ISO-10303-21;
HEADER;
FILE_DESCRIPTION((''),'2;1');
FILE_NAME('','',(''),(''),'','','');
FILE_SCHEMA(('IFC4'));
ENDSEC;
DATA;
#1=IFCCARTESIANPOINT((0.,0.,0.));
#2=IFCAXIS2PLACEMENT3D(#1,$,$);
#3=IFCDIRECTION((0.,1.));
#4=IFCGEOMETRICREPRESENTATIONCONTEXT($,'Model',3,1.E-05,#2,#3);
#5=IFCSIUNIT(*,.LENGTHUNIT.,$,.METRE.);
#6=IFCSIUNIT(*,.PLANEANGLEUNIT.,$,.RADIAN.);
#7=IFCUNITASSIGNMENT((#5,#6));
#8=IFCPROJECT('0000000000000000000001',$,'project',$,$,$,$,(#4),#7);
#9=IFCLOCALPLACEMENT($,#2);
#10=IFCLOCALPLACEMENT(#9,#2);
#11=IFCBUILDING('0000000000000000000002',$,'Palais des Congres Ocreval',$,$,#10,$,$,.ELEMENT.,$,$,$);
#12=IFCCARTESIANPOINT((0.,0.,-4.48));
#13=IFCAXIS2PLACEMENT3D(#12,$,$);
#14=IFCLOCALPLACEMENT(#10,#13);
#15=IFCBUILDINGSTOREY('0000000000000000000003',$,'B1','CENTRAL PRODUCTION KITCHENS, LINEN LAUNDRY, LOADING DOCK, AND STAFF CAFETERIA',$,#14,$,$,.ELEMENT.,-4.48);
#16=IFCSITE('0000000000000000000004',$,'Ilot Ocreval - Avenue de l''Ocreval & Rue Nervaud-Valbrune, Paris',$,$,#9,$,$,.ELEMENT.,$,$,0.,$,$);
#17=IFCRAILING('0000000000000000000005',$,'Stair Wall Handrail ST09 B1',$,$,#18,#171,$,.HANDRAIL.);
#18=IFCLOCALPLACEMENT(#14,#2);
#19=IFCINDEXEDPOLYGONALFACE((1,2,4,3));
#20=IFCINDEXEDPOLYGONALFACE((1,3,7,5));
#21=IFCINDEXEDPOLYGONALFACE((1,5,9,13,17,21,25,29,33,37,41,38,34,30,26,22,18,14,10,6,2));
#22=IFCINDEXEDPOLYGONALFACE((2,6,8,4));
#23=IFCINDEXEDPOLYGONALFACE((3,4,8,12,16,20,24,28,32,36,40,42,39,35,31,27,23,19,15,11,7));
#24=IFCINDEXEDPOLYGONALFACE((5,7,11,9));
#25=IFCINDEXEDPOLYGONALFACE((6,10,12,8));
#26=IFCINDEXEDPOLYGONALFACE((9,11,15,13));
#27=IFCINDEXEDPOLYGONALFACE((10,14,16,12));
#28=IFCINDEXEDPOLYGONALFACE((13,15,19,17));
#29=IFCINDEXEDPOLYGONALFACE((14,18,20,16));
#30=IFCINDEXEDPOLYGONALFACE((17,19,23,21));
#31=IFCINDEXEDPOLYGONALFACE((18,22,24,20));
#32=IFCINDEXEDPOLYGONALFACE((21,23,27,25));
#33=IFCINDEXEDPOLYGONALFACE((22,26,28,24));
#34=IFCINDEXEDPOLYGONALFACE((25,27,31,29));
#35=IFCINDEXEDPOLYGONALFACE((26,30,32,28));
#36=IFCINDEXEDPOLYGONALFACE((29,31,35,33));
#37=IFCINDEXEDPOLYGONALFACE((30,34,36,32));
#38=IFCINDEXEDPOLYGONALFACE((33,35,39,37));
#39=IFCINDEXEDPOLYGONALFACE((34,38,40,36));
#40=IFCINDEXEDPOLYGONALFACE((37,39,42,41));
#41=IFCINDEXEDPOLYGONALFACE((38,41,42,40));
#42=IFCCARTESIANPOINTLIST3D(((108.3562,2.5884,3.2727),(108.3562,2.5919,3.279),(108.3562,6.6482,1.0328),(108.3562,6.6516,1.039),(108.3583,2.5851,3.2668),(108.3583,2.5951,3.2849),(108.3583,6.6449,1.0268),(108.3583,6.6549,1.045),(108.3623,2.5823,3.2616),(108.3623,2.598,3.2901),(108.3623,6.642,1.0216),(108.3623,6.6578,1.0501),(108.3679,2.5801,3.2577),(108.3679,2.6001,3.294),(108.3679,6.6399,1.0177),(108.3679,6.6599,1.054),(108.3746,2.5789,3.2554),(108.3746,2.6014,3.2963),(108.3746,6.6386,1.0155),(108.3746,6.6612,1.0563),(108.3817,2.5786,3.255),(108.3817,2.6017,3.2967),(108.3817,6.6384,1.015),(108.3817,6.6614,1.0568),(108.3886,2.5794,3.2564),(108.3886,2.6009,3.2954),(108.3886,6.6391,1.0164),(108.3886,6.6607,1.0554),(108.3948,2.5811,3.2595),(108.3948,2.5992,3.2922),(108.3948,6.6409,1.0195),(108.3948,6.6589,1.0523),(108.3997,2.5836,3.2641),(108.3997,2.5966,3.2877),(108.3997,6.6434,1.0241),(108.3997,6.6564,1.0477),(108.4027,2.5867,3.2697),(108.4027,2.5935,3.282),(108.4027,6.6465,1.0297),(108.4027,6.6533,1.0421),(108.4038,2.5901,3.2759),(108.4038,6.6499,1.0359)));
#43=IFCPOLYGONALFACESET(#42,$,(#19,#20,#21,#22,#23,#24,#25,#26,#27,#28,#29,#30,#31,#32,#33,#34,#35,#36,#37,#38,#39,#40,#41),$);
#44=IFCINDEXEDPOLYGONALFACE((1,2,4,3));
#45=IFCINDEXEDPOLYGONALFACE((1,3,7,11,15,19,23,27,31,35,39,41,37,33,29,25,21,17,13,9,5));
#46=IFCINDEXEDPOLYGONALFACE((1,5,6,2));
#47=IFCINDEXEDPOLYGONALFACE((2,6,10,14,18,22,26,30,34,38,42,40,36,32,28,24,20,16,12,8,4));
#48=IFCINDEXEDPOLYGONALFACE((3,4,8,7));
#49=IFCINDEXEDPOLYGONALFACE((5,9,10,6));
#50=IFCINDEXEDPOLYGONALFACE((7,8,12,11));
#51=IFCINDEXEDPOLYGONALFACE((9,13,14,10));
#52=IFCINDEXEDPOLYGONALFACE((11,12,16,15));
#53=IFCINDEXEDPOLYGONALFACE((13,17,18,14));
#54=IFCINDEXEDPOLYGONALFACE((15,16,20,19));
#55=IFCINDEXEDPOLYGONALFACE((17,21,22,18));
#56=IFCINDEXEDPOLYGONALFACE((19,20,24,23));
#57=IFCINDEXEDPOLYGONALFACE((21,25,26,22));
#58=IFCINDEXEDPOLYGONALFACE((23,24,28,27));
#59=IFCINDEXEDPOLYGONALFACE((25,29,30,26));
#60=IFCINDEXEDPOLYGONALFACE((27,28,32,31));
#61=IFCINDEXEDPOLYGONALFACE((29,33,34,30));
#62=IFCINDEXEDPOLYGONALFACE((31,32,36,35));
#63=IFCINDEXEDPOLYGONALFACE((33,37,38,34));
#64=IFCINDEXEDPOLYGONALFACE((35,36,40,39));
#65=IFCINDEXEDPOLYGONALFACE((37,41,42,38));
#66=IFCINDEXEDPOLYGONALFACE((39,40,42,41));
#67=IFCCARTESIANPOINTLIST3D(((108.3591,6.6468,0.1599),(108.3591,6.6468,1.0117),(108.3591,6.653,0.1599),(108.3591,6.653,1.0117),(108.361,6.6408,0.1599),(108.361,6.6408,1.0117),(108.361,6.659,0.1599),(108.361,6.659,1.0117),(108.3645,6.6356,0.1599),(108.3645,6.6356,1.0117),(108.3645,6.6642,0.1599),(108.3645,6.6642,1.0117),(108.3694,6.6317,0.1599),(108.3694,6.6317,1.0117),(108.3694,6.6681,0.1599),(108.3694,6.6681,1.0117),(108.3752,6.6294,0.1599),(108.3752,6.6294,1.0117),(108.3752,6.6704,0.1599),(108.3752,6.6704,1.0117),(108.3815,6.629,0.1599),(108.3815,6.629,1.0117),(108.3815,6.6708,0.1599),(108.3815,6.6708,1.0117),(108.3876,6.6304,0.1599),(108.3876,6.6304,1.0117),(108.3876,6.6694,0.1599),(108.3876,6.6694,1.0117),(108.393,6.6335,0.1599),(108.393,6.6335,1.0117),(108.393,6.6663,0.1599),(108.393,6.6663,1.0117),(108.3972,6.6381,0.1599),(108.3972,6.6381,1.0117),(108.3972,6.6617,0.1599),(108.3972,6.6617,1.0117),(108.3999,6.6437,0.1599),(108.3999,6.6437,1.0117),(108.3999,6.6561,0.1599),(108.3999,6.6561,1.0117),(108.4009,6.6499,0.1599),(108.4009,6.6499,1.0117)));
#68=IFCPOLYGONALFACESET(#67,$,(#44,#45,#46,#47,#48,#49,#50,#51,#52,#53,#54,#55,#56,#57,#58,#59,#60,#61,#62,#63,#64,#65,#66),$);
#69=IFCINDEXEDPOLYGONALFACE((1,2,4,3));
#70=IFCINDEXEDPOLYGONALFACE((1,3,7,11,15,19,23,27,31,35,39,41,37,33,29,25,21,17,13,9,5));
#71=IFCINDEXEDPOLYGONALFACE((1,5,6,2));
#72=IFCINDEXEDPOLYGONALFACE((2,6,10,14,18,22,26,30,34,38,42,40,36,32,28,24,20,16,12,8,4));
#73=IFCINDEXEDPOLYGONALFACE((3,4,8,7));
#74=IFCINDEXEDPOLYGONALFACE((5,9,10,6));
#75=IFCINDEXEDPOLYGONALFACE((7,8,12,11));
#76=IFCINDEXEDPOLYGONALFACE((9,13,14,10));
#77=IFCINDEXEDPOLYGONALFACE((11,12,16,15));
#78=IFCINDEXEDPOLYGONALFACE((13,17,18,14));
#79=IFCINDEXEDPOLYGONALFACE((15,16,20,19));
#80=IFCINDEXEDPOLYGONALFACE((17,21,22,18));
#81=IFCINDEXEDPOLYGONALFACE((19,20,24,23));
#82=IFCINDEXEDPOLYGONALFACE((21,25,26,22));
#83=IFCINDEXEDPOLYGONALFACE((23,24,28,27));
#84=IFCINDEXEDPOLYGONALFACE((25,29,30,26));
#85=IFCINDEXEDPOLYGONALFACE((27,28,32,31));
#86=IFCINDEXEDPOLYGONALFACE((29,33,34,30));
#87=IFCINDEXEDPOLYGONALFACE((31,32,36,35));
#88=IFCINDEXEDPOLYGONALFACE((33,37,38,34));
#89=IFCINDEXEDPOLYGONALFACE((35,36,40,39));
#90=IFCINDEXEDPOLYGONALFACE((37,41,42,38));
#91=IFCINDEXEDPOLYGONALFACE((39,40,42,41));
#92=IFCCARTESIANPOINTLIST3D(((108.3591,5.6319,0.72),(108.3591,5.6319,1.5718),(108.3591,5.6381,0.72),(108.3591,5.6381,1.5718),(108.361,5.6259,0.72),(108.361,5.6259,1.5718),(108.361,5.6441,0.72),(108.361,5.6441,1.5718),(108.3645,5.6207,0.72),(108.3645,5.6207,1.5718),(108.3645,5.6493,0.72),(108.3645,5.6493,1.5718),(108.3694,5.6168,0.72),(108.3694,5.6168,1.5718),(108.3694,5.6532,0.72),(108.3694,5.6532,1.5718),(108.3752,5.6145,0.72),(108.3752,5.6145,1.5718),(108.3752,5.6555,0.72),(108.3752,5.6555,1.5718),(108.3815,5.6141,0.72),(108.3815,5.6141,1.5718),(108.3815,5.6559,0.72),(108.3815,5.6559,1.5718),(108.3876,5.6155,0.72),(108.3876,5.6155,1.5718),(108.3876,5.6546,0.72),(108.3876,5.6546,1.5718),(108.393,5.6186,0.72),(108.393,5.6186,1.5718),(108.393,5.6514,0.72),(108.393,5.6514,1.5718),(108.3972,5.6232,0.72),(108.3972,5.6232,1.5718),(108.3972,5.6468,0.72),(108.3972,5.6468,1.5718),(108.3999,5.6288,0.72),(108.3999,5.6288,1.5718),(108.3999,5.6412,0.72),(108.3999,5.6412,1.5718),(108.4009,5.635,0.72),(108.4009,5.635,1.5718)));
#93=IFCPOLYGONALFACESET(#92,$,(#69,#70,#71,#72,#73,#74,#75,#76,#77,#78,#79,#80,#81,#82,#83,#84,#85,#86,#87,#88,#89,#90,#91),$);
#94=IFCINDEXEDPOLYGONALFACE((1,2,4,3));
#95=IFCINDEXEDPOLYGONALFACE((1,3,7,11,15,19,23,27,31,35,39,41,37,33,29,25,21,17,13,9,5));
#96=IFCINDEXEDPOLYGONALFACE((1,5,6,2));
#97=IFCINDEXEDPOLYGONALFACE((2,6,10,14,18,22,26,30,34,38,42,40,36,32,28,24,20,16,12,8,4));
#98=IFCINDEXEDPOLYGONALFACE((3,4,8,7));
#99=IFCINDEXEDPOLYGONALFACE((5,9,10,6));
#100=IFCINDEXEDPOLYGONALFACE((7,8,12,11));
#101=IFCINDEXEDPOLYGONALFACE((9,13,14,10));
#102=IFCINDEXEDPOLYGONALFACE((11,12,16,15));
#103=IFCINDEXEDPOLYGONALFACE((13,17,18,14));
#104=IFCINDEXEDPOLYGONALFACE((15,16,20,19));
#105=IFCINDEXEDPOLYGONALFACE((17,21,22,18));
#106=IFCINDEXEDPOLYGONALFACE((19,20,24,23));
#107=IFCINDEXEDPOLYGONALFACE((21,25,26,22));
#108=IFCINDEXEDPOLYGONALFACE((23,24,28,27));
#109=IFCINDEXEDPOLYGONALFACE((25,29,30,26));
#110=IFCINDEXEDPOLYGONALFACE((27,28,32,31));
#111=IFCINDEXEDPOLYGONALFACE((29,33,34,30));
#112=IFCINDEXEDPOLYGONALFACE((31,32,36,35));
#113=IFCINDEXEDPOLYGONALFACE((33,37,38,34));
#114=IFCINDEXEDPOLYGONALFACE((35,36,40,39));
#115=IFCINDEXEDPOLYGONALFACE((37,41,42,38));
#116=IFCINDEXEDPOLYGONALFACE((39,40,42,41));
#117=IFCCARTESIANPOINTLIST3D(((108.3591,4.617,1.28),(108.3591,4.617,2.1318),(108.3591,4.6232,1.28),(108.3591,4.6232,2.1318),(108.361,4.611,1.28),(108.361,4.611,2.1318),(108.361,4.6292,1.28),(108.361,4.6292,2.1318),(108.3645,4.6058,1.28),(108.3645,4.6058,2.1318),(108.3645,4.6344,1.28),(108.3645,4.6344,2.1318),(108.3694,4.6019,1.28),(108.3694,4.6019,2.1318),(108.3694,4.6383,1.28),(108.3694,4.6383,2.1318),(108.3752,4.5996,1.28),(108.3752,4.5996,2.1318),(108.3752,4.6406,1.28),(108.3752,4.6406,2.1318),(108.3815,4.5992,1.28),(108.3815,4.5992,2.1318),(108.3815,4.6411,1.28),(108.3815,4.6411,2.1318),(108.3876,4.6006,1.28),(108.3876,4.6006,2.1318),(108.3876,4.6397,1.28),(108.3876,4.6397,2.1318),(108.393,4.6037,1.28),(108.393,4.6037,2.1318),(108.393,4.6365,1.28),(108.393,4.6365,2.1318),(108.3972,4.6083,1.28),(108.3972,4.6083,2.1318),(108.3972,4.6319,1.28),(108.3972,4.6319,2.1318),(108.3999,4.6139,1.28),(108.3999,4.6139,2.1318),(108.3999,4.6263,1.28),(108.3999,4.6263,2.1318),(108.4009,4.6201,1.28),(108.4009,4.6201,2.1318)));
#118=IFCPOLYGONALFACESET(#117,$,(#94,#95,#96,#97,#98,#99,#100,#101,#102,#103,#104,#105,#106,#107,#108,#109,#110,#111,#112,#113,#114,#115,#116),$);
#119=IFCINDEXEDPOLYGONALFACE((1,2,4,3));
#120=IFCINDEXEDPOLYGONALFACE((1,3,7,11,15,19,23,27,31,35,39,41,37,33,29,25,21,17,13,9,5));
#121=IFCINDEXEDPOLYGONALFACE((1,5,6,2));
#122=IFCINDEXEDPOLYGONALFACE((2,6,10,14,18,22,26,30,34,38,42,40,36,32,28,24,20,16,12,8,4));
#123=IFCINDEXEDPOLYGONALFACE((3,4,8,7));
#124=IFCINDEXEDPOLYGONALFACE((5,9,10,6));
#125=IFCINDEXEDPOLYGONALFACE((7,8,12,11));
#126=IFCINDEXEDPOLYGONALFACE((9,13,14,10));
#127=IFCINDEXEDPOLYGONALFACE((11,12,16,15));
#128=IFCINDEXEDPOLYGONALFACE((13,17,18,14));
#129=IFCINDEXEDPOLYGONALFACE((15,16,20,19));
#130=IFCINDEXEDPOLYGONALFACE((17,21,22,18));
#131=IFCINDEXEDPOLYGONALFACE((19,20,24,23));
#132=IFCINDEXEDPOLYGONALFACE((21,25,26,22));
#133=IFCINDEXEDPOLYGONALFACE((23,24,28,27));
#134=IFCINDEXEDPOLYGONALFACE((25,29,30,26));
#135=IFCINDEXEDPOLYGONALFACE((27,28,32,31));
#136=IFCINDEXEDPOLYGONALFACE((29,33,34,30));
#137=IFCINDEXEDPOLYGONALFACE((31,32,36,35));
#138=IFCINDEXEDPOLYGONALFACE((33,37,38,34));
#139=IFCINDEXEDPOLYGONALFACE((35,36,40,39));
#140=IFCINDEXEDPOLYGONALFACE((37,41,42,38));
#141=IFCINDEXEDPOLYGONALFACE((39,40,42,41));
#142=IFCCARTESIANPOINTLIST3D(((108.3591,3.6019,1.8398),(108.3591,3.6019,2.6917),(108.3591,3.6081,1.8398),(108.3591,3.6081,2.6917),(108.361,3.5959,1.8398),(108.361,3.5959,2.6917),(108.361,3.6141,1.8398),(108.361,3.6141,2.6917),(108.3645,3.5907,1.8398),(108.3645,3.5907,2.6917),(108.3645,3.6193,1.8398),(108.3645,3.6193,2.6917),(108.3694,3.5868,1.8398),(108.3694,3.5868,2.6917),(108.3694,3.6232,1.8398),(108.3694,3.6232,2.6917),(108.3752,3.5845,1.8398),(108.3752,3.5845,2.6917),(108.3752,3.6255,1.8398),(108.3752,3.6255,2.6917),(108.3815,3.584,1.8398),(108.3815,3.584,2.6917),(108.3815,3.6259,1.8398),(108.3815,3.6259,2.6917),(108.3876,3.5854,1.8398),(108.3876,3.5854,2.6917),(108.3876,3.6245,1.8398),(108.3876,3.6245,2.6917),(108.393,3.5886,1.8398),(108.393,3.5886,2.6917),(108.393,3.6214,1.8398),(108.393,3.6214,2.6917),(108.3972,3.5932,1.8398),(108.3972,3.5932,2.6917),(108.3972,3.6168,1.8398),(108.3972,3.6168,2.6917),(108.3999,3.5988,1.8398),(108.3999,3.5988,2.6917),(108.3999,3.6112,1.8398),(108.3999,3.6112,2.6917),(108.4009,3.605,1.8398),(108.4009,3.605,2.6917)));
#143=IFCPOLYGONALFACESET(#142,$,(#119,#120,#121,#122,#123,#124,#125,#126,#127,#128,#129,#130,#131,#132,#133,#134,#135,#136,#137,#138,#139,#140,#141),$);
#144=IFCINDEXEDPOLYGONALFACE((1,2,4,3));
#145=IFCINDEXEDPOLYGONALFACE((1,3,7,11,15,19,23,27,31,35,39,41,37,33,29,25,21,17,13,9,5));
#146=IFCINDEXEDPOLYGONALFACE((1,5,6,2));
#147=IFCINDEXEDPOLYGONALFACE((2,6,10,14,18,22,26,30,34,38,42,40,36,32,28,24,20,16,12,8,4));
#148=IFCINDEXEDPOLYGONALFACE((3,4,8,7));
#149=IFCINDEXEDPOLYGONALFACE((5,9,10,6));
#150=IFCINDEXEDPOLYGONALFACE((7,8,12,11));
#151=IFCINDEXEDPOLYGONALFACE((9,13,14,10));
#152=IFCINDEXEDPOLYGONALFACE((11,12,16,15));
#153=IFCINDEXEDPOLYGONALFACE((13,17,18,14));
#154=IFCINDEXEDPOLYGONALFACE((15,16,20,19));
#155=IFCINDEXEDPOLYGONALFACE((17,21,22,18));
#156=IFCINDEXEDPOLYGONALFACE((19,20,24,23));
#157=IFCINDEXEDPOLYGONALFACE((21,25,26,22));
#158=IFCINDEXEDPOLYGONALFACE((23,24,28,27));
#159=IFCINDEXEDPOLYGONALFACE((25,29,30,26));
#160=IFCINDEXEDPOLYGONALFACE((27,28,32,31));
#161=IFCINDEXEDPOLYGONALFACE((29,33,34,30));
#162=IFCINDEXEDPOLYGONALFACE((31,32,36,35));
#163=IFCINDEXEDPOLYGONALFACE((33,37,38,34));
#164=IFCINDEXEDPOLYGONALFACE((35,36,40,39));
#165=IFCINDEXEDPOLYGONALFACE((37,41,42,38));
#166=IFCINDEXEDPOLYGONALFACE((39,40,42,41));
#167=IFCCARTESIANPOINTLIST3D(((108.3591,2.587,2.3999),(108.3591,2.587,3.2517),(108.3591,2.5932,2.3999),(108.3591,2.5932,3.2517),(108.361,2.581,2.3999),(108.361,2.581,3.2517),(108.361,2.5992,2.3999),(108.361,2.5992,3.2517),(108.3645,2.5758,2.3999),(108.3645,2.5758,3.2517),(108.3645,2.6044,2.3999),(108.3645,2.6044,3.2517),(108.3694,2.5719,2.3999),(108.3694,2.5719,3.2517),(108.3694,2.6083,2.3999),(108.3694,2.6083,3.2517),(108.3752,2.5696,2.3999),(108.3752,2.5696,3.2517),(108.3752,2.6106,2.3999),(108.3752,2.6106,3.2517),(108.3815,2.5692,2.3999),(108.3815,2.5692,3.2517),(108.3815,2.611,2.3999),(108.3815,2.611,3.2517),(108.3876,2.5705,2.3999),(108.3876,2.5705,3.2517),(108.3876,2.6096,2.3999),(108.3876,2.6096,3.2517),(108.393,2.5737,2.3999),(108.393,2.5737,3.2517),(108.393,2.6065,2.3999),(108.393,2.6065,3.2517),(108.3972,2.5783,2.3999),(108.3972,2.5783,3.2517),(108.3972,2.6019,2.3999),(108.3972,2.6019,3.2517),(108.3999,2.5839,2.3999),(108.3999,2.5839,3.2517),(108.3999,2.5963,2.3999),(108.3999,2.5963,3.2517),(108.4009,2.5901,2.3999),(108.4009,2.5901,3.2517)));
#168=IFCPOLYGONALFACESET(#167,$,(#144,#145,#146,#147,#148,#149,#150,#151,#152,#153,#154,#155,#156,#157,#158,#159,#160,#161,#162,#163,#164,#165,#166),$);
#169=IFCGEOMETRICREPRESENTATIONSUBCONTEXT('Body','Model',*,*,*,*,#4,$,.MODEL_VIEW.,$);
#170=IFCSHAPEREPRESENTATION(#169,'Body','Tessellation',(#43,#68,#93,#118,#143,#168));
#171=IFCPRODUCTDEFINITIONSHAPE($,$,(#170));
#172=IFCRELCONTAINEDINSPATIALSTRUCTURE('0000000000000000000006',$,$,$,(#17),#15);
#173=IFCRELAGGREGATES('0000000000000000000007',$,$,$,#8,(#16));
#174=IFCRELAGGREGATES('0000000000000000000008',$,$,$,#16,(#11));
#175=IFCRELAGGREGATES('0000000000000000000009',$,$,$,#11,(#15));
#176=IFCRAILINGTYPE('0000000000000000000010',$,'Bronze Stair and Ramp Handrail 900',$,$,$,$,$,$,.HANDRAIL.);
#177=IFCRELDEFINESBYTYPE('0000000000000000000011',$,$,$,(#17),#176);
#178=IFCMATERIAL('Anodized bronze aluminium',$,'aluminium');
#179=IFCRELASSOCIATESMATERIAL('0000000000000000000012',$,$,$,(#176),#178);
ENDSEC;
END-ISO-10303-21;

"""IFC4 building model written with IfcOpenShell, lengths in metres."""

from ifc_helpers import new_model, si_unit, direction, frame, origin, origin_2d, place, context, subcontext, project, spatial, circle, extrude, material, type_object, element, save


model = new_model("IFC4")

# Units and contexts
model_context = context("Model", 3, precision=1e-05, world=origin(), true_north=direction((0.0, 1.0)))
body_context = subcontext(model_context, "Body", "Model", "MODEL_VIEW")
ifc_project = project(units=[si_unit("LENGTHUNIT", "METRE"), si_unit("PLANEANGLEUNIT", "RADIAN")], contexts=[model_context])

# Site, building, storey
site_placement = place(None, origin())
site = spatial("IfcSite", under=ifc_project, at=site_placement, Name="Ilot Ocreval - Avenue de l'Ocreval & Rue Nervaud-Valbrune, Paris", CompositionType="ELEMENT", RefElevation=0.0)
building_placement = place(site_placement, origin())
building = spatial("IfcBuilding", under=site, at=building_placement, Name="Palais des Congres Ocreval", CompositionType="ELEMENT")
storey_placement = place(building_placement, frame((0.0, 0.0, -4.48)))
storey = spatial("IfcBuildingStorey", under=building, at=storey_placement, Name="B1", Description="CENTRAL PRODUCTION KITCHENS, LINEN LAUNDRY, LOADING DOCK, AND STAFF CAFETERIA", CompositionType="ELEMENT", Elevation=-4.48)

# Railing
ifc_material_1 = material(Name="Anodized bronze aluminium", Category="aluminium")
railing_type_1 = type_object("IfcRailingType", Name="Bronze Stair and Ramp Handrail 900", PredefinedType="HANDRAIL", material=ifc_material_1)
railing_1_placement = place(storey_placement, frame((108.3799, 6.6499, 0.1599)))
element("IfcRailing", 1, at=railing_1_placement, inside=storey, type_object=railing_type_1, Name="Stair Wall Handrail ST09 B1", PredefinedType="HANDRAIL", context=body_context, shape_type="SweptSolid", body=[
    extrude(circle(Radius=0.0239, at=origin_2d()), frame((0.0, 0.0, 0.876), z_axis=(0.0, -0.875569, 0.483093), x_axis=(1.0, 0.0, 0.0)), (0.0, 0.0, 1.0), 4.6367),
    extrude(circle(Radius=0.021, at=origin_2d()), origin(), (0.0, 0.0, 1.0), 0.8518),
    extrude(circle(Radius=0.021, at=origin_2d()), frame((0.0, -1.0149, 0.5601)), (0.0, 0.0, 1.0), 0.8518),
    extrude(circle(Radius=0.021, at=origin_2d()), frame((0.0, -2.0298, 1.1201)), (0.0, 0.0, 1.0), 0.8518),
    extrude(circle(Radius=0.021, at=origin_2d()), frame((0.0, -3.0449, 1.6799)), (0.0, 0.0, 1.0), 0.8518),
    extrude(circle(Radius=0.021, at=origin_2d()), frame((0.0, -4.0598, 2.24)), (0.0, 0.0, 1.0), 0.8518),
])

save(model, "model.ifc")
